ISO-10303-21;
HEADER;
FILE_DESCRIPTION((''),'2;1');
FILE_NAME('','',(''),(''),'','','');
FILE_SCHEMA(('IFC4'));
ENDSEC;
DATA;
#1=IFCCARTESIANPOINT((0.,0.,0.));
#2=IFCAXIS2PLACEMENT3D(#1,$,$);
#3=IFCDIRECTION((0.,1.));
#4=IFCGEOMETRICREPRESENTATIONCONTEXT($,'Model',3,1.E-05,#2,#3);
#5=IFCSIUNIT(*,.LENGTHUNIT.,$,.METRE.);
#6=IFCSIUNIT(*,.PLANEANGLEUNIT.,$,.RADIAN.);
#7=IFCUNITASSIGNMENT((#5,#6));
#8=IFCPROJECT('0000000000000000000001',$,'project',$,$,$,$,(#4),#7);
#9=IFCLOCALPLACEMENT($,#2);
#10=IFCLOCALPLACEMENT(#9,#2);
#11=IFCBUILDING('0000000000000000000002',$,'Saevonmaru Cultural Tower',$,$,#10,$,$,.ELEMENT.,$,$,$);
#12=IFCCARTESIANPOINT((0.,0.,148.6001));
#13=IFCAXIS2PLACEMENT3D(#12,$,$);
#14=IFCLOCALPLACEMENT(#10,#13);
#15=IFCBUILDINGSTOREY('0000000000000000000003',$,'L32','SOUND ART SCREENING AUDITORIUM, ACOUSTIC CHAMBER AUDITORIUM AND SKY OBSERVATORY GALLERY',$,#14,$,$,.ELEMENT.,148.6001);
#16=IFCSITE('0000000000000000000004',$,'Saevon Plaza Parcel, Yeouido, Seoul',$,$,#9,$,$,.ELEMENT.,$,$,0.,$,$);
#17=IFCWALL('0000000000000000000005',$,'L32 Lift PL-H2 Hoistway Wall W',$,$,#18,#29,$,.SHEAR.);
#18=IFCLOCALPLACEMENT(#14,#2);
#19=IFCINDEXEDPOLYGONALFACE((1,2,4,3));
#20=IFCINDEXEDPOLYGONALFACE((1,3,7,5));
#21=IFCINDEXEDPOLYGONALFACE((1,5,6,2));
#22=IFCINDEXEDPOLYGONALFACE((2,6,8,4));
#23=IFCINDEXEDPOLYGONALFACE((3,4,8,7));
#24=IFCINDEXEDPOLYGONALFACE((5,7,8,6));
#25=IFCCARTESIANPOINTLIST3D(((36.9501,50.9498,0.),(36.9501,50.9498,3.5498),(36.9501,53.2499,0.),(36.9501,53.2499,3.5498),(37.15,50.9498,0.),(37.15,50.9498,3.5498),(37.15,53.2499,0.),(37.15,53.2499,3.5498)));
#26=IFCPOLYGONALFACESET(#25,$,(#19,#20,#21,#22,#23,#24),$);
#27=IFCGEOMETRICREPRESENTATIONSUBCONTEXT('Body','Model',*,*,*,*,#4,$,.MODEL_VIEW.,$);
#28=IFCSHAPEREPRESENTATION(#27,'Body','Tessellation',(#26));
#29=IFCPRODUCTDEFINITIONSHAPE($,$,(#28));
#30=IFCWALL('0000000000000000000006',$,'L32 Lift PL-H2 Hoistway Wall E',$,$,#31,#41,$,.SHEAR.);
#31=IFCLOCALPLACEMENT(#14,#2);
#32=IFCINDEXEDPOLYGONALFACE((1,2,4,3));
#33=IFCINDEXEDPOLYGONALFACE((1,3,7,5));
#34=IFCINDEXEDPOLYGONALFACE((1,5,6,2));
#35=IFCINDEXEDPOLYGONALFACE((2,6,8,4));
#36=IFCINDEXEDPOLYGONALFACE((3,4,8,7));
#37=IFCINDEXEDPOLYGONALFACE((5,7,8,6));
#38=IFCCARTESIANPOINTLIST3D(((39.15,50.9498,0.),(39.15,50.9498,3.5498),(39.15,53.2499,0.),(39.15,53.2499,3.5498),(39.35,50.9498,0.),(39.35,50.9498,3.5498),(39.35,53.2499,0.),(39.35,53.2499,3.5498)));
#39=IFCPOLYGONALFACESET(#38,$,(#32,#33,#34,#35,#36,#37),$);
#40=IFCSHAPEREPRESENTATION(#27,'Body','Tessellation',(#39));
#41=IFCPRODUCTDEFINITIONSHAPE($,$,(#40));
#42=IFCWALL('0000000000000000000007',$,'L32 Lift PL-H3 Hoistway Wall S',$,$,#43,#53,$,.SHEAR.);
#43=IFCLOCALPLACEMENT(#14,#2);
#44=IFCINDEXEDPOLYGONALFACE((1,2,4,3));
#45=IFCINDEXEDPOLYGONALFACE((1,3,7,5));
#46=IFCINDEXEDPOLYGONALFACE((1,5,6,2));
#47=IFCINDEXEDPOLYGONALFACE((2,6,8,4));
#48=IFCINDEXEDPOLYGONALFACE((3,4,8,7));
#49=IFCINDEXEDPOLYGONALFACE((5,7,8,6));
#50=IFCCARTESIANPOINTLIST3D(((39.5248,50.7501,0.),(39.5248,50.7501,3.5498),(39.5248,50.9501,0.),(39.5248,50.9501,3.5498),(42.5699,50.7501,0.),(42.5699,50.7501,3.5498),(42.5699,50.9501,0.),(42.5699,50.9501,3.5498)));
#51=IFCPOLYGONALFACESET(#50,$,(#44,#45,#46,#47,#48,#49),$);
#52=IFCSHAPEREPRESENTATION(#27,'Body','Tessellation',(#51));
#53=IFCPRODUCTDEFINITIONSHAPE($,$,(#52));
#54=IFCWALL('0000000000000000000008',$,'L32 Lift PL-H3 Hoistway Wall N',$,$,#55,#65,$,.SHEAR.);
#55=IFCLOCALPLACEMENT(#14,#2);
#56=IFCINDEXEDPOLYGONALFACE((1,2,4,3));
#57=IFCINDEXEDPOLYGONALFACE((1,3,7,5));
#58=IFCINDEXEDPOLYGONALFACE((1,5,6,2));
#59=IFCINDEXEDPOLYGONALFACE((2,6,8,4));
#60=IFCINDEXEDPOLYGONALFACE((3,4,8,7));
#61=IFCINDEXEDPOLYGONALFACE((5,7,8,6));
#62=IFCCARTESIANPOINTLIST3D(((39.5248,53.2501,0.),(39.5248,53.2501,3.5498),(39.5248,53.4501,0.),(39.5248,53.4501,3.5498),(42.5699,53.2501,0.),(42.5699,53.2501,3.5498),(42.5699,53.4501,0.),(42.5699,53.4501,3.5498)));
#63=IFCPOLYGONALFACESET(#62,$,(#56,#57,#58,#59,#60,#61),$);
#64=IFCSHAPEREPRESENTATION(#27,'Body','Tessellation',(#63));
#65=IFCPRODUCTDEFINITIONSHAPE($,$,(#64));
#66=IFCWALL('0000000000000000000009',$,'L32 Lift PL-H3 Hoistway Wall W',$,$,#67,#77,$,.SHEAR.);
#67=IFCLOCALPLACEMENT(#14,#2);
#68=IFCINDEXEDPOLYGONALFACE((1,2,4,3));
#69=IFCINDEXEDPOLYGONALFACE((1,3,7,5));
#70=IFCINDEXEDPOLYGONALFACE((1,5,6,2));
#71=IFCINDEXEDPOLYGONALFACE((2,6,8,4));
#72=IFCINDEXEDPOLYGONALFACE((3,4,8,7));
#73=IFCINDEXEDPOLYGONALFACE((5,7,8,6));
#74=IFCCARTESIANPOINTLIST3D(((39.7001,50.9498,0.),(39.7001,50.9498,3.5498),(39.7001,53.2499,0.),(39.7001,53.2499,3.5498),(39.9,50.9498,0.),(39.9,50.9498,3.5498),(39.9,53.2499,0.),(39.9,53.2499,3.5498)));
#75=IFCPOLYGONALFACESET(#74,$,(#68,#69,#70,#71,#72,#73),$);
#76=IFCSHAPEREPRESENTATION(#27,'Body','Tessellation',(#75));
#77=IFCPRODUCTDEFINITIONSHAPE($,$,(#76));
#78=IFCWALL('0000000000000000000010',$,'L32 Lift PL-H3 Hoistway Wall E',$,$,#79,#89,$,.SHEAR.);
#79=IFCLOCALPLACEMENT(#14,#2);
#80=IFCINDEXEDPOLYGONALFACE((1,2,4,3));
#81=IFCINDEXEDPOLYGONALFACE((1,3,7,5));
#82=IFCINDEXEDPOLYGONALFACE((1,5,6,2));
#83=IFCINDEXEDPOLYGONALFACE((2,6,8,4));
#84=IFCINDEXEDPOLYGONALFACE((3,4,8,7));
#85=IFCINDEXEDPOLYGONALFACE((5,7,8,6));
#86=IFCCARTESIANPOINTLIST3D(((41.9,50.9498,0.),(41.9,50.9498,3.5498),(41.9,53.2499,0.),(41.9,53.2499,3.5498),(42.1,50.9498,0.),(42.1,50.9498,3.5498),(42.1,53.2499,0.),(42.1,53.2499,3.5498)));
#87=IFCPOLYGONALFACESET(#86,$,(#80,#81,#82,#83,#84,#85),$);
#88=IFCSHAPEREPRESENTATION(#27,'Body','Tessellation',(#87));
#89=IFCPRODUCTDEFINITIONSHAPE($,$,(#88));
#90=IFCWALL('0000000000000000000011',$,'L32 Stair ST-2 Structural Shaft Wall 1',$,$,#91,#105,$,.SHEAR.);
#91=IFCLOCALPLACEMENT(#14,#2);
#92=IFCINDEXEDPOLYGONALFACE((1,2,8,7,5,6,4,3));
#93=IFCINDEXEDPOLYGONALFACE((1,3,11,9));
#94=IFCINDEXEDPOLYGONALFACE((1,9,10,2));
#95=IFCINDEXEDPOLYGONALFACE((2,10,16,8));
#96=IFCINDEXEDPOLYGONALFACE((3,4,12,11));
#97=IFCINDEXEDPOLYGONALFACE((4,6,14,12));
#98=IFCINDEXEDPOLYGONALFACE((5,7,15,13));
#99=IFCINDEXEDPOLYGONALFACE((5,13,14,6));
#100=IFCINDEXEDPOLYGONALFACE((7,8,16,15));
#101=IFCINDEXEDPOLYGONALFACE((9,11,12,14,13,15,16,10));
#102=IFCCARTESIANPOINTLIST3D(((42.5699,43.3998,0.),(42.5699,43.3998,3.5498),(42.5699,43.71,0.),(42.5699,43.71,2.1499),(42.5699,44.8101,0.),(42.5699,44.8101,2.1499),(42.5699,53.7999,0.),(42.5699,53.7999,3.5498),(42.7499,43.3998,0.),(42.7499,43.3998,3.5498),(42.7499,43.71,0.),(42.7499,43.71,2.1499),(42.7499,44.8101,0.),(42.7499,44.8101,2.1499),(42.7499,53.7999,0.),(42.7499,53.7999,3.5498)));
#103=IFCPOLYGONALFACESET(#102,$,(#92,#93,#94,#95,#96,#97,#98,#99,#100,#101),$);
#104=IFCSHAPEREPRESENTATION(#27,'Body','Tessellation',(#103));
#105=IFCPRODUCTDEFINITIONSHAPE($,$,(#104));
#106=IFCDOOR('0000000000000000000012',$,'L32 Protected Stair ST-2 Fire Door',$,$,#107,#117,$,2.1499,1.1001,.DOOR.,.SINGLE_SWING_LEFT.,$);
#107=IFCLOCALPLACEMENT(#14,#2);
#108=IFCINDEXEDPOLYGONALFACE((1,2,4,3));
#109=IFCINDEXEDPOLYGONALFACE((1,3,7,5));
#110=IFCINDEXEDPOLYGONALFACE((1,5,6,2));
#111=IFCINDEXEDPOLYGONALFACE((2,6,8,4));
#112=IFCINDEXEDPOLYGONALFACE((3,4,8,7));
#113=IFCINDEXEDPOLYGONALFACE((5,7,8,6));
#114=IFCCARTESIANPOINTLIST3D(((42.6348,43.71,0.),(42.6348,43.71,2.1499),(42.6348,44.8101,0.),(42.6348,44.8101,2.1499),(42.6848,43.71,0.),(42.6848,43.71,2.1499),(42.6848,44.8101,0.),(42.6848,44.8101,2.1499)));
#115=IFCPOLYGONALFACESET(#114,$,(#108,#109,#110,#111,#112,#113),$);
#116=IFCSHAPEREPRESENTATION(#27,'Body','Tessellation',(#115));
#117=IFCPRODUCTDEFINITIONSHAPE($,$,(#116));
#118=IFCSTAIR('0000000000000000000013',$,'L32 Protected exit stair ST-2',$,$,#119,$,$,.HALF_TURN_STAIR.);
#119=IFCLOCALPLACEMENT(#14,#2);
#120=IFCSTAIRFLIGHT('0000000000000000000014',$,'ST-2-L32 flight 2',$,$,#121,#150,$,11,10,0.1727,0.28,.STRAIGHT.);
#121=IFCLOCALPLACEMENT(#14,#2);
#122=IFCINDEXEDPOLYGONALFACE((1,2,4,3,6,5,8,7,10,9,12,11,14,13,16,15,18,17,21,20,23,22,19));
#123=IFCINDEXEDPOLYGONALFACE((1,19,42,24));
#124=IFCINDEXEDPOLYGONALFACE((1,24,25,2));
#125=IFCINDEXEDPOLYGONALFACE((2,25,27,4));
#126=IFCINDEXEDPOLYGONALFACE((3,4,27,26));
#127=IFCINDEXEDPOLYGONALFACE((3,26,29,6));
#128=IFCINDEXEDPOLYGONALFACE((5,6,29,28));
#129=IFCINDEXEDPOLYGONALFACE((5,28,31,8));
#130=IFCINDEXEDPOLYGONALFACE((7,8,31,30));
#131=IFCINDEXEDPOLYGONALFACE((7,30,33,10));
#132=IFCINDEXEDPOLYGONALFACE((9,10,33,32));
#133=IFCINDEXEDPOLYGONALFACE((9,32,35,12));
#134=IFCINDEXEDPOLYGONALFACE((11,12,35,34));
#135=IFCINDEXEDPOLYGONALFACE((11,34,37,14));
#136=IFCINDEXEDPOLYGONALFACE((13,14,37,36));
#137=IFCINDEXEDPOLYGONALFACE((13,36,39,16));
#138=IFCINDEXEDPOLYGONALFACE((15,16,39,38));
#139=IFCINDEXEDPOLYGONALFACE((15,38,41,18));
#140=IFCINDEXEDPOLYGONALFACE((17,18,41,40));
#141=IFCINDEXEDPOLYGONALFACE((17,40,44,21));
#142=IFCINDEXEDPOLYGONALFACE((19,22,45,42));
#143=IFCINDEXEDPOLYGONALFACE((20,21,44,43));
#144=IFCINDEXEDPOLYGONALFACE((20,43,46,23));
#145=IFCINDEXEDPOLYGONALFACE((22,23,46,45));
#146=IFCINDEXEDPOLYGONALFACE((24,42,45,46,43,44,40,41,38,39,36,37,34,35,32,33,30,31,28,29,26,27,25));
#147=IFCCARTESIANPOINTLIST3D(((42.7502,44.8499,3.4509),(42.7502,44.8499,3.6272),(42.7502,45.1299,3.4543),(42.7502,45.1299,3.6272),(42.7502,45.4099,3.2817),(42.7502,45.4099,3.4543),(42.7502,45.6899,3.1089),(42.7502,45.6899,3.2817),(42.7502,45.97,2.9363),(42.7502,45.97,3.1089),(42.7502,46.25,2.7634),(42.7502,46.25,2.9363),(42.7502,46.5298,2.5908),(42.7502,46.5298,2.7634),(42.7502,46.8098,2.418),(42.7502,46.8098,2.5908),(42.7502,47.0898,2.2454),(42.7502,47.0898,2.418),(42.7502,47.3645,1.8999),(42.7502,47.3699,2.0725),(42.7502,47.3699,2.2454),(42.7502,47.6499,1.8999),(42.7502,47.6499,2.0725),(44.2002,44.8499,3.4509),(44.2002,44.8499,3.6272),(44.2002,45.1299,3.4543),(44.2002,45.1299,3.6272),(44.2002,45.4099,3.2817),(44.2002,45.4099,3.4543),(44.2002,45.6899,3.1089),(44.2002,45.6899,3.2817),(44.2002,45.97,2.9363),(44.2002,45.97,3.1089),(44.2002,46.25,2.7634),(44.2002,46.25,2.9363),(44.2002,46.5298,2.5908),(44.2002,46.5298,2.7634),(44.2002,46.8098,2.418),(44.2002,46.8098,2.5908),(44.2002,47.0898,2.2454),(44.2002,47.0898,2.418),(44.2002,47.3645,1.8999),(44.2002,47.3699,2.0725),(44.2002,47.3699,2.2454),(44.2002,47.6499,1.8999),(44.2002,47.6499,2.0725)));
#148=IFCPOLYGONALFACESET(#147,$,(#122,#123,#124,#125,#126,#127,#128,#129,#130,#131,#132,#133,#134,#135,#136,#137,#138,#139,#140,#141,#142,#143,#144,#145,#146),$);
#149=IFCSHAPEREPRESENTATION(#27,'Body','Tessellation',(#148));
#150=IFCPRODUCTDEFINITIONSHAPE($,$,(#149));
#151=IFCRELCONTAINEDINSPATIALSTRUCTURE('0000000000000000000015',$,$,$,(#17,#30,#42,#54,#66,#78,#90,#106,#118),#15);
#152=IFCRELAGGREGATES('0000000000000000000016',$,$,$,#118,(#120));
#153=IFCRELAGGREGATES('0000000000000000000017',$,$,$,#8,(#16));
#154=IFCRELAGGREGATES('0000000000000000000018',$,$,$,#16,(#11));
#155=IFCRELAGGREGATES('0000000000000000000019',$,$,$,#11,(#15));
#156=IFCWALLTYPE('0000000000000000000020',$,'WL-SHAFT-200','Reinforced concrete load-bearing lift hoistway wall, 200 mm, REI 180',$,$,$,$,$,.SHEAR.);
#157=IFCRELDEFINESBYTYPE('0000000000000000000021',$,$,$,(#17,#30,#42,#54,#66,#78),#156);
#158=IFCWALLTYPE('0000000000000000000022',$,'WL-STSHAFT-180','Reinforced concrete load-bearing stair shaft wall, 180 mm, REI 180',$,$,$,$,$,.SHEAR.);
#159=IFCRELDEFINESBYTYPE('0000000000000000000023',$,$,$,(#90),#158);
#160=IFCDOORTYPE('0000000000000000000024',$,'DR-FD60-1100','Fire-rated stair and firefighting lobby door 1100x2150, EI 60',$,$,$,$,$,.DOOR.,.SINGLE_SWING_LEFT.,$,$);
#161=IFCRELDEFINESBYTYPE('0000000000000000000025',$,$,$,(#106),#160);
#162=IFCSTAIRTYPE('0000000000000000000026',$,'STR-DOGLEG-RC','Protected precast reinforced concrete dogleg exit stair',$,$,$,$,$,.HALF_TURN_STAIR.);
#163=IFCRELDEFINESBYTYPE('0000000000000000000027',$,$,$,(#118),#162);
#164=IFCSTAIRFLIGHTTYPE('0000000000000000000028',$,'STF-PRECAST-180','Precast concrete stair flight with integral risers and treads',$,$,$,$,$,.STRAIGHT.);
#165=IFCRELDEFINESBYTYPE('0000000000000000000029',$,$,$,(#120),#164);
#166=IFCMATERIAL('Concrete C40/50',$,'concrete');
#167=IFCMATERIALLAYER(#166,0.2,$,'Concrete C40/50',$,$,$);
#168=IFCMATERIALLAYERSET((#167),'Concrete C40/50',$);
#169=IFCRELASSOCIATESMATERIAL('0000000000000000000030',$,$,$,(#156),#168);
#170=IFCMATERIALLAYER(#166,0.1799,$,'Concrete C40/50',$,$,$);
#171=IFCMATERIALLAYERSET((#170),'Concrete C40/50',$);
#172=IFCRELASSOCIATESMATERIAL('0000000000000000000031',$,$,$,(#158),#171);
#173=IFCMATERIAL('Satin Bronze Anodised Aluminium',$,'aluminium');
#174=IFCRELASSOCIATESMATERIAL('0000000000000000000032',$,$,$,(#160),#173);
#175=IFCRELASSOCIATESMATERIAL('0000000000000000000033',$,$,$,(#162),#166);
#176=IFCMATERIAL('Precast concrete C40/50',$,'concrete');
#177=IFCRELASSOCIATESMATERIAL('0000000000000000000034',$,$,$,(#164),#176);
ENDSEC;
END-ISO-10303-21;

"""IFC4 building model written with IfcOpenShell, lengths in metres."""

from ifc_helpers import new_model, si_unit, direction, frame, frame_2d, origin, place, context, subcontext, project, spatial, polyline, rectangle, outline, extrude, material, layer, layer_set, type_object, element, fill, aggregate, save


model = new_model("IFC4")

# Units and contexts
model_context = context("Model", 3, precision=1e-05, world=origin(), true_north=direction((0.0, 1.0)))
body_context = subcontext(model_context, "Body", "Model", "MODEL_VIEW")
ifc_project = project(units=[si_unit("LENGTHUNIT", "METRE"), si_unit("PLANEANGLEUNIT", "RADIAN")], contexts=[model_context])

# Site, building, storey
site_placement = place(None, origin())
site = spatial("IfcSite", under=ifc_project, at=site_placement, Name="Saevon Plaza Parcel, Yeouido, Seoul", CompositionType="ELEMENT", RefElevation=0.0)
building_placement = place(site_placement, origin())
building = spatial("IfcBuilding", under=site, at=building_placement, Name="Saevonmaru Cultural Tower", CompositionType="ELEMENT")
storey_placement = place(building_placement, frame((0.0, 0.0, 148.6001)))
storey = spatial("IfcBuildingStorey", under=building, at=storey_placement, Name="L32", Description="SOUND ART SCREENING AUDITORIUM, ACOUSTIC CHAMBER AUDITORIUM AND SKY OBSERVATORY GALLERY", CompositionType="ELEMENT", Elevation=148.6001)

# Shared definitions
ifc_material_1 = material(Name="Satin Bronze Anodised Aluminium", Category="aluminium")

# Walls
ifc_material_2 = material(Name="Concrete C40/50", Category="concrete")
ifc_layer_1 = layer(ifc_material_2, 0.2, Name="Concrete C40/50")
ifc_layer_set_1 = layer_set([ifc_layer_1], Name="Concrete C40/50")
wall_type_1 = type_object("IfcWallType", Name="WL-SHAFT-200", Description="Reinforced concrete load-bearing lift hoistway wall, 200 mm, REI 180", PredefinedType="SHEAR", material=ifc_layer_set_1)
for number, where, z_axis, x_axis, name in (
    (1, (37.05, 50.95, 0.0), (0.0, 0.0, 1.0), (0.0, 1.0, 0.0), "L32 Lift PL-H2 Hoistway Wall W"),
    (2, (39.25, 50.95, 0.0), (0.0, 0.0, 1.0), (0.0, 1.0, 0.0), "L32 Lift PL-H2 Hoistway Wall E"),
):
    element("IfcWall", number, at=place(storey_placement, frame(where, z_axis=z_axis, x_axis=x_axis)), inside=storey, type_object=wall_type_1, Name=name, PredefinedType="SHEAR", context=body_context, shape_type="SweptSolid", body=[
        extrude(rectangle(XDim=2.3, YDim=0.2, at=frame_2d((1.1499, 0.0))), origin(), (0.0, 0.0, 1.0), 3.5498),
    ])
for number, where, z_axis, x_axis, name in (
    (3, (39.5249, 50.8501, 0.0), (0.0, 0.0, 1.0), (1.0, 0.0, 0.0), "L32 Lift PL-H3 Hoistway Wall S"),
    (4, (39.5249, 53.3501, 0.0), (0.0, 0.0, 1.0), (1.0, 0.0, 0.0), "L32 Lift PL-H3 Hoistway Wall N"),
):
    element("IfcWall", number, at=place(storey_placement, frame(where, z_axis=z_axis, x_axis=x_axis)), inside=storey, type_object=wall_type_1, Name=name, PredefinedType="SHEAR", context=body_context, shape_type="SweptSolid", body=[
        extrude(rectangle(XDim=3.0452, YDim=0.2, at=frame_2d((1.5225, 0.0))), origin(), (0.0, 0.0, 1.0), 3.5498),
    ])
for number, where, z_axis, x_axis, name in (
    (5, (39.8, 50.95, 0.0), (0.0, 0.0, 1.0), (0.0, 1.0, 0.0), "L32 Lift PL-H3 Hoistway Wall W"),
    (6, (42.0, 50.95, 0.0), (0.0, 0.0, 1.0), (0.0, 1.0, 0.0), "L32 Lift PL-H3 Hoistway Wall E"),
):
    element("IfcWall", number, at=place(storey_placement, frame(where, z_axis=z_axis, x_axis=x_axis)), inside=storey, type_object=wall_type_1, Name=name, PredefinedType="SHEAR", context=body_context, shape_type="SweptSolid", body=[
        extrude(rectangle(XDim=2.3, YDim=0.2, at=frame_2d((1.1499, 0.0))), origin(), (0.0, 0.0, 1.0), 3.5498),
    ])

# Wall, opening, door
ifc_layer_2 = layer(ifc_material_2, 0.1799, Name="Concrete C40/50")
ifc_layer_set_2 = layer_set([ifc_layer_2], Name="Concrete C40/50")
wall_type_2 = type_object("IfcWallType", Name="WL-STSHAFT-180", Description="Reinforced concrete load-bearing stair shaft wall, 180 mm, REI 180", PredefinedType="SHEAR", material=ifc_layer_set_2)
wall_1_placement = place(storey_placement, frame((42.6599, 53.8, 0.0), z_axis=(0.0, 0.0, 1.0), x_axis=(0.0, -1.0, 0.0)))
wall_1 = element("IfcWall", 7, at=wall_1_placement, inside=storey, type_object=wall_type_2, Name="L32 Stair ST-2 Structural Shaft Wall 1", PredefinedType="SHEAR", context=body_context, shape_type="SweptSolid", body=[
    extrude(rectangle(XDim=10.4001, YDim=0.1799, at=frame_2d((5.2002, 0.0))), origin(), (0.0, 0.0, 1.0), 3.5498),
])
opening_placement = place(wall_1_placement, frame((8.99, 0.0, 0.0)))
opening = element("IfcOpeningElement", 8, at=opening_placement, cuts=wall_1, PredefinedType="OPENING", context=body_context, shape_type="SweptSolid", body=[
    extrude(rectangle(XDim=1.1001, YDim=2.1499, at=frame_2d((0.55, 1.075))), frame((0.0, 0.1001, 0.0), z_axis=(0.0, -1.0, 0.0), x_axis=(1.0, 0.0, 0.0)), (0.0, 0.0, 1.0), 0.2),
])
door_type = type_object("IfcDoorType", Name="DR-FD60-1100", Description="Fire-rated stair and firefighting lobby door 1100x2150, EI 60", OperationType="SINGLE_SWING_LEFT", PredefinedType="DOOR", material=ifc_material_1)
door_placement = place(opening_placement, origin())
door = element("IfcDoor", 9, at=door_placement, inside=storey, type_object=door_type, Name="L32 Protected Stair ST-2 Fire Door", OperationType="SINGLE_SWING_LEFT", OverallHeight=2.1499, OverallWidth=1.1001, PredefinedType="DOOR", context=body_context, shape_type="SweptSolid", body=[
    extrude(rectangle(XDim=1.1001, YDim=2.1499, at=frame_2d((0.55, 1.075))), frame((0.0, 0.0249, 0.0), z_axis=(0.0, -1.0, 0.0), x_axis=(1.0, 0.0, 0.0)), (0.0, 0.0, 1.0), 0.05),
])
fill(opening, door)

# Stair, stair flight
stair_type = type_object("IfcStairType", Name="STR-DOGLEG-RC", Description="Protected precast reinforced concrete dogleg exit stair", PredefinedType="HALF_TURN_STAIR", material=ifc_material_2)
stair_placement = place(storey_placement, origin())
stair = element("IfcStair", 10, at=stair_placement, inside=storey, type_object=stair_type, Name="L32 Protected exit stair ST-2", PredefinedType="HALF_TURN_STAIR")
ifc_material_3 = material(Name="Precast concrete C40/50", Category="concrete")
stair_flight_type = type_object("IfcStairFlightType", Name="STF-PRECAST-180", Description="Precast concrete stair flight with integral risers and treads", PredefinedType="STRAIGHT", material=ifc_material_3)
stair_flight_placement = place(storey_placement, frame((43.4751, 47.6499, 1.8999), z_axis=(0.0, 0.0, 1.0), x_axis=(0.0, -1.0, 0.0)))
stair_flight = element("IfcStairFlight", 11, at=stair_flight_placement, type_object=stair_flight_type, Name="ST-2-L32 flight 2", NumberOfRisers=11, NumberOfTreads=10, PredefinedType="STRAIGHT", RiserHeight=0.1727, TreadLength=0.28, context=body_context, shape_type="SweptSolid", body=[
    extrude(outline(polyline([(0.0, 0.0), (0.0, 0.1726), (0.28, 0.1726), (0.28, 0.3455), (0.5601, 0.3455), (0.5601, 0.5181), (0.8401, 0.5181), (0.8401, 0.6909), (1.1201, 0.6909), (1.1201, 0.8635), (1.3999, 0.8635), (1.3999, 1.0364), (1.6799, 1.0364), (1.6799, 1.209), (1.96, 1.209), (1.96, 1.3818), (2.24, 1.3818), (2.24, 1.5544), (2.52, 1.5544), (2.52, 1.7273), (2.8, 1.7273), (2.8, 1.8999), (2.8, 1.551), (0.2854, 0.0), (0.0, 0.0)])), frame((0.0, 0.7251, 0.0), z_axis=(0.0, -1.0, 0.0), x_axis=(1.0, 0.0, 0.0)), (0.0, 0.0, 1.0), 1.45),
])
aggregate(stair, [stair_flight])

save(model, "model.ifc")
